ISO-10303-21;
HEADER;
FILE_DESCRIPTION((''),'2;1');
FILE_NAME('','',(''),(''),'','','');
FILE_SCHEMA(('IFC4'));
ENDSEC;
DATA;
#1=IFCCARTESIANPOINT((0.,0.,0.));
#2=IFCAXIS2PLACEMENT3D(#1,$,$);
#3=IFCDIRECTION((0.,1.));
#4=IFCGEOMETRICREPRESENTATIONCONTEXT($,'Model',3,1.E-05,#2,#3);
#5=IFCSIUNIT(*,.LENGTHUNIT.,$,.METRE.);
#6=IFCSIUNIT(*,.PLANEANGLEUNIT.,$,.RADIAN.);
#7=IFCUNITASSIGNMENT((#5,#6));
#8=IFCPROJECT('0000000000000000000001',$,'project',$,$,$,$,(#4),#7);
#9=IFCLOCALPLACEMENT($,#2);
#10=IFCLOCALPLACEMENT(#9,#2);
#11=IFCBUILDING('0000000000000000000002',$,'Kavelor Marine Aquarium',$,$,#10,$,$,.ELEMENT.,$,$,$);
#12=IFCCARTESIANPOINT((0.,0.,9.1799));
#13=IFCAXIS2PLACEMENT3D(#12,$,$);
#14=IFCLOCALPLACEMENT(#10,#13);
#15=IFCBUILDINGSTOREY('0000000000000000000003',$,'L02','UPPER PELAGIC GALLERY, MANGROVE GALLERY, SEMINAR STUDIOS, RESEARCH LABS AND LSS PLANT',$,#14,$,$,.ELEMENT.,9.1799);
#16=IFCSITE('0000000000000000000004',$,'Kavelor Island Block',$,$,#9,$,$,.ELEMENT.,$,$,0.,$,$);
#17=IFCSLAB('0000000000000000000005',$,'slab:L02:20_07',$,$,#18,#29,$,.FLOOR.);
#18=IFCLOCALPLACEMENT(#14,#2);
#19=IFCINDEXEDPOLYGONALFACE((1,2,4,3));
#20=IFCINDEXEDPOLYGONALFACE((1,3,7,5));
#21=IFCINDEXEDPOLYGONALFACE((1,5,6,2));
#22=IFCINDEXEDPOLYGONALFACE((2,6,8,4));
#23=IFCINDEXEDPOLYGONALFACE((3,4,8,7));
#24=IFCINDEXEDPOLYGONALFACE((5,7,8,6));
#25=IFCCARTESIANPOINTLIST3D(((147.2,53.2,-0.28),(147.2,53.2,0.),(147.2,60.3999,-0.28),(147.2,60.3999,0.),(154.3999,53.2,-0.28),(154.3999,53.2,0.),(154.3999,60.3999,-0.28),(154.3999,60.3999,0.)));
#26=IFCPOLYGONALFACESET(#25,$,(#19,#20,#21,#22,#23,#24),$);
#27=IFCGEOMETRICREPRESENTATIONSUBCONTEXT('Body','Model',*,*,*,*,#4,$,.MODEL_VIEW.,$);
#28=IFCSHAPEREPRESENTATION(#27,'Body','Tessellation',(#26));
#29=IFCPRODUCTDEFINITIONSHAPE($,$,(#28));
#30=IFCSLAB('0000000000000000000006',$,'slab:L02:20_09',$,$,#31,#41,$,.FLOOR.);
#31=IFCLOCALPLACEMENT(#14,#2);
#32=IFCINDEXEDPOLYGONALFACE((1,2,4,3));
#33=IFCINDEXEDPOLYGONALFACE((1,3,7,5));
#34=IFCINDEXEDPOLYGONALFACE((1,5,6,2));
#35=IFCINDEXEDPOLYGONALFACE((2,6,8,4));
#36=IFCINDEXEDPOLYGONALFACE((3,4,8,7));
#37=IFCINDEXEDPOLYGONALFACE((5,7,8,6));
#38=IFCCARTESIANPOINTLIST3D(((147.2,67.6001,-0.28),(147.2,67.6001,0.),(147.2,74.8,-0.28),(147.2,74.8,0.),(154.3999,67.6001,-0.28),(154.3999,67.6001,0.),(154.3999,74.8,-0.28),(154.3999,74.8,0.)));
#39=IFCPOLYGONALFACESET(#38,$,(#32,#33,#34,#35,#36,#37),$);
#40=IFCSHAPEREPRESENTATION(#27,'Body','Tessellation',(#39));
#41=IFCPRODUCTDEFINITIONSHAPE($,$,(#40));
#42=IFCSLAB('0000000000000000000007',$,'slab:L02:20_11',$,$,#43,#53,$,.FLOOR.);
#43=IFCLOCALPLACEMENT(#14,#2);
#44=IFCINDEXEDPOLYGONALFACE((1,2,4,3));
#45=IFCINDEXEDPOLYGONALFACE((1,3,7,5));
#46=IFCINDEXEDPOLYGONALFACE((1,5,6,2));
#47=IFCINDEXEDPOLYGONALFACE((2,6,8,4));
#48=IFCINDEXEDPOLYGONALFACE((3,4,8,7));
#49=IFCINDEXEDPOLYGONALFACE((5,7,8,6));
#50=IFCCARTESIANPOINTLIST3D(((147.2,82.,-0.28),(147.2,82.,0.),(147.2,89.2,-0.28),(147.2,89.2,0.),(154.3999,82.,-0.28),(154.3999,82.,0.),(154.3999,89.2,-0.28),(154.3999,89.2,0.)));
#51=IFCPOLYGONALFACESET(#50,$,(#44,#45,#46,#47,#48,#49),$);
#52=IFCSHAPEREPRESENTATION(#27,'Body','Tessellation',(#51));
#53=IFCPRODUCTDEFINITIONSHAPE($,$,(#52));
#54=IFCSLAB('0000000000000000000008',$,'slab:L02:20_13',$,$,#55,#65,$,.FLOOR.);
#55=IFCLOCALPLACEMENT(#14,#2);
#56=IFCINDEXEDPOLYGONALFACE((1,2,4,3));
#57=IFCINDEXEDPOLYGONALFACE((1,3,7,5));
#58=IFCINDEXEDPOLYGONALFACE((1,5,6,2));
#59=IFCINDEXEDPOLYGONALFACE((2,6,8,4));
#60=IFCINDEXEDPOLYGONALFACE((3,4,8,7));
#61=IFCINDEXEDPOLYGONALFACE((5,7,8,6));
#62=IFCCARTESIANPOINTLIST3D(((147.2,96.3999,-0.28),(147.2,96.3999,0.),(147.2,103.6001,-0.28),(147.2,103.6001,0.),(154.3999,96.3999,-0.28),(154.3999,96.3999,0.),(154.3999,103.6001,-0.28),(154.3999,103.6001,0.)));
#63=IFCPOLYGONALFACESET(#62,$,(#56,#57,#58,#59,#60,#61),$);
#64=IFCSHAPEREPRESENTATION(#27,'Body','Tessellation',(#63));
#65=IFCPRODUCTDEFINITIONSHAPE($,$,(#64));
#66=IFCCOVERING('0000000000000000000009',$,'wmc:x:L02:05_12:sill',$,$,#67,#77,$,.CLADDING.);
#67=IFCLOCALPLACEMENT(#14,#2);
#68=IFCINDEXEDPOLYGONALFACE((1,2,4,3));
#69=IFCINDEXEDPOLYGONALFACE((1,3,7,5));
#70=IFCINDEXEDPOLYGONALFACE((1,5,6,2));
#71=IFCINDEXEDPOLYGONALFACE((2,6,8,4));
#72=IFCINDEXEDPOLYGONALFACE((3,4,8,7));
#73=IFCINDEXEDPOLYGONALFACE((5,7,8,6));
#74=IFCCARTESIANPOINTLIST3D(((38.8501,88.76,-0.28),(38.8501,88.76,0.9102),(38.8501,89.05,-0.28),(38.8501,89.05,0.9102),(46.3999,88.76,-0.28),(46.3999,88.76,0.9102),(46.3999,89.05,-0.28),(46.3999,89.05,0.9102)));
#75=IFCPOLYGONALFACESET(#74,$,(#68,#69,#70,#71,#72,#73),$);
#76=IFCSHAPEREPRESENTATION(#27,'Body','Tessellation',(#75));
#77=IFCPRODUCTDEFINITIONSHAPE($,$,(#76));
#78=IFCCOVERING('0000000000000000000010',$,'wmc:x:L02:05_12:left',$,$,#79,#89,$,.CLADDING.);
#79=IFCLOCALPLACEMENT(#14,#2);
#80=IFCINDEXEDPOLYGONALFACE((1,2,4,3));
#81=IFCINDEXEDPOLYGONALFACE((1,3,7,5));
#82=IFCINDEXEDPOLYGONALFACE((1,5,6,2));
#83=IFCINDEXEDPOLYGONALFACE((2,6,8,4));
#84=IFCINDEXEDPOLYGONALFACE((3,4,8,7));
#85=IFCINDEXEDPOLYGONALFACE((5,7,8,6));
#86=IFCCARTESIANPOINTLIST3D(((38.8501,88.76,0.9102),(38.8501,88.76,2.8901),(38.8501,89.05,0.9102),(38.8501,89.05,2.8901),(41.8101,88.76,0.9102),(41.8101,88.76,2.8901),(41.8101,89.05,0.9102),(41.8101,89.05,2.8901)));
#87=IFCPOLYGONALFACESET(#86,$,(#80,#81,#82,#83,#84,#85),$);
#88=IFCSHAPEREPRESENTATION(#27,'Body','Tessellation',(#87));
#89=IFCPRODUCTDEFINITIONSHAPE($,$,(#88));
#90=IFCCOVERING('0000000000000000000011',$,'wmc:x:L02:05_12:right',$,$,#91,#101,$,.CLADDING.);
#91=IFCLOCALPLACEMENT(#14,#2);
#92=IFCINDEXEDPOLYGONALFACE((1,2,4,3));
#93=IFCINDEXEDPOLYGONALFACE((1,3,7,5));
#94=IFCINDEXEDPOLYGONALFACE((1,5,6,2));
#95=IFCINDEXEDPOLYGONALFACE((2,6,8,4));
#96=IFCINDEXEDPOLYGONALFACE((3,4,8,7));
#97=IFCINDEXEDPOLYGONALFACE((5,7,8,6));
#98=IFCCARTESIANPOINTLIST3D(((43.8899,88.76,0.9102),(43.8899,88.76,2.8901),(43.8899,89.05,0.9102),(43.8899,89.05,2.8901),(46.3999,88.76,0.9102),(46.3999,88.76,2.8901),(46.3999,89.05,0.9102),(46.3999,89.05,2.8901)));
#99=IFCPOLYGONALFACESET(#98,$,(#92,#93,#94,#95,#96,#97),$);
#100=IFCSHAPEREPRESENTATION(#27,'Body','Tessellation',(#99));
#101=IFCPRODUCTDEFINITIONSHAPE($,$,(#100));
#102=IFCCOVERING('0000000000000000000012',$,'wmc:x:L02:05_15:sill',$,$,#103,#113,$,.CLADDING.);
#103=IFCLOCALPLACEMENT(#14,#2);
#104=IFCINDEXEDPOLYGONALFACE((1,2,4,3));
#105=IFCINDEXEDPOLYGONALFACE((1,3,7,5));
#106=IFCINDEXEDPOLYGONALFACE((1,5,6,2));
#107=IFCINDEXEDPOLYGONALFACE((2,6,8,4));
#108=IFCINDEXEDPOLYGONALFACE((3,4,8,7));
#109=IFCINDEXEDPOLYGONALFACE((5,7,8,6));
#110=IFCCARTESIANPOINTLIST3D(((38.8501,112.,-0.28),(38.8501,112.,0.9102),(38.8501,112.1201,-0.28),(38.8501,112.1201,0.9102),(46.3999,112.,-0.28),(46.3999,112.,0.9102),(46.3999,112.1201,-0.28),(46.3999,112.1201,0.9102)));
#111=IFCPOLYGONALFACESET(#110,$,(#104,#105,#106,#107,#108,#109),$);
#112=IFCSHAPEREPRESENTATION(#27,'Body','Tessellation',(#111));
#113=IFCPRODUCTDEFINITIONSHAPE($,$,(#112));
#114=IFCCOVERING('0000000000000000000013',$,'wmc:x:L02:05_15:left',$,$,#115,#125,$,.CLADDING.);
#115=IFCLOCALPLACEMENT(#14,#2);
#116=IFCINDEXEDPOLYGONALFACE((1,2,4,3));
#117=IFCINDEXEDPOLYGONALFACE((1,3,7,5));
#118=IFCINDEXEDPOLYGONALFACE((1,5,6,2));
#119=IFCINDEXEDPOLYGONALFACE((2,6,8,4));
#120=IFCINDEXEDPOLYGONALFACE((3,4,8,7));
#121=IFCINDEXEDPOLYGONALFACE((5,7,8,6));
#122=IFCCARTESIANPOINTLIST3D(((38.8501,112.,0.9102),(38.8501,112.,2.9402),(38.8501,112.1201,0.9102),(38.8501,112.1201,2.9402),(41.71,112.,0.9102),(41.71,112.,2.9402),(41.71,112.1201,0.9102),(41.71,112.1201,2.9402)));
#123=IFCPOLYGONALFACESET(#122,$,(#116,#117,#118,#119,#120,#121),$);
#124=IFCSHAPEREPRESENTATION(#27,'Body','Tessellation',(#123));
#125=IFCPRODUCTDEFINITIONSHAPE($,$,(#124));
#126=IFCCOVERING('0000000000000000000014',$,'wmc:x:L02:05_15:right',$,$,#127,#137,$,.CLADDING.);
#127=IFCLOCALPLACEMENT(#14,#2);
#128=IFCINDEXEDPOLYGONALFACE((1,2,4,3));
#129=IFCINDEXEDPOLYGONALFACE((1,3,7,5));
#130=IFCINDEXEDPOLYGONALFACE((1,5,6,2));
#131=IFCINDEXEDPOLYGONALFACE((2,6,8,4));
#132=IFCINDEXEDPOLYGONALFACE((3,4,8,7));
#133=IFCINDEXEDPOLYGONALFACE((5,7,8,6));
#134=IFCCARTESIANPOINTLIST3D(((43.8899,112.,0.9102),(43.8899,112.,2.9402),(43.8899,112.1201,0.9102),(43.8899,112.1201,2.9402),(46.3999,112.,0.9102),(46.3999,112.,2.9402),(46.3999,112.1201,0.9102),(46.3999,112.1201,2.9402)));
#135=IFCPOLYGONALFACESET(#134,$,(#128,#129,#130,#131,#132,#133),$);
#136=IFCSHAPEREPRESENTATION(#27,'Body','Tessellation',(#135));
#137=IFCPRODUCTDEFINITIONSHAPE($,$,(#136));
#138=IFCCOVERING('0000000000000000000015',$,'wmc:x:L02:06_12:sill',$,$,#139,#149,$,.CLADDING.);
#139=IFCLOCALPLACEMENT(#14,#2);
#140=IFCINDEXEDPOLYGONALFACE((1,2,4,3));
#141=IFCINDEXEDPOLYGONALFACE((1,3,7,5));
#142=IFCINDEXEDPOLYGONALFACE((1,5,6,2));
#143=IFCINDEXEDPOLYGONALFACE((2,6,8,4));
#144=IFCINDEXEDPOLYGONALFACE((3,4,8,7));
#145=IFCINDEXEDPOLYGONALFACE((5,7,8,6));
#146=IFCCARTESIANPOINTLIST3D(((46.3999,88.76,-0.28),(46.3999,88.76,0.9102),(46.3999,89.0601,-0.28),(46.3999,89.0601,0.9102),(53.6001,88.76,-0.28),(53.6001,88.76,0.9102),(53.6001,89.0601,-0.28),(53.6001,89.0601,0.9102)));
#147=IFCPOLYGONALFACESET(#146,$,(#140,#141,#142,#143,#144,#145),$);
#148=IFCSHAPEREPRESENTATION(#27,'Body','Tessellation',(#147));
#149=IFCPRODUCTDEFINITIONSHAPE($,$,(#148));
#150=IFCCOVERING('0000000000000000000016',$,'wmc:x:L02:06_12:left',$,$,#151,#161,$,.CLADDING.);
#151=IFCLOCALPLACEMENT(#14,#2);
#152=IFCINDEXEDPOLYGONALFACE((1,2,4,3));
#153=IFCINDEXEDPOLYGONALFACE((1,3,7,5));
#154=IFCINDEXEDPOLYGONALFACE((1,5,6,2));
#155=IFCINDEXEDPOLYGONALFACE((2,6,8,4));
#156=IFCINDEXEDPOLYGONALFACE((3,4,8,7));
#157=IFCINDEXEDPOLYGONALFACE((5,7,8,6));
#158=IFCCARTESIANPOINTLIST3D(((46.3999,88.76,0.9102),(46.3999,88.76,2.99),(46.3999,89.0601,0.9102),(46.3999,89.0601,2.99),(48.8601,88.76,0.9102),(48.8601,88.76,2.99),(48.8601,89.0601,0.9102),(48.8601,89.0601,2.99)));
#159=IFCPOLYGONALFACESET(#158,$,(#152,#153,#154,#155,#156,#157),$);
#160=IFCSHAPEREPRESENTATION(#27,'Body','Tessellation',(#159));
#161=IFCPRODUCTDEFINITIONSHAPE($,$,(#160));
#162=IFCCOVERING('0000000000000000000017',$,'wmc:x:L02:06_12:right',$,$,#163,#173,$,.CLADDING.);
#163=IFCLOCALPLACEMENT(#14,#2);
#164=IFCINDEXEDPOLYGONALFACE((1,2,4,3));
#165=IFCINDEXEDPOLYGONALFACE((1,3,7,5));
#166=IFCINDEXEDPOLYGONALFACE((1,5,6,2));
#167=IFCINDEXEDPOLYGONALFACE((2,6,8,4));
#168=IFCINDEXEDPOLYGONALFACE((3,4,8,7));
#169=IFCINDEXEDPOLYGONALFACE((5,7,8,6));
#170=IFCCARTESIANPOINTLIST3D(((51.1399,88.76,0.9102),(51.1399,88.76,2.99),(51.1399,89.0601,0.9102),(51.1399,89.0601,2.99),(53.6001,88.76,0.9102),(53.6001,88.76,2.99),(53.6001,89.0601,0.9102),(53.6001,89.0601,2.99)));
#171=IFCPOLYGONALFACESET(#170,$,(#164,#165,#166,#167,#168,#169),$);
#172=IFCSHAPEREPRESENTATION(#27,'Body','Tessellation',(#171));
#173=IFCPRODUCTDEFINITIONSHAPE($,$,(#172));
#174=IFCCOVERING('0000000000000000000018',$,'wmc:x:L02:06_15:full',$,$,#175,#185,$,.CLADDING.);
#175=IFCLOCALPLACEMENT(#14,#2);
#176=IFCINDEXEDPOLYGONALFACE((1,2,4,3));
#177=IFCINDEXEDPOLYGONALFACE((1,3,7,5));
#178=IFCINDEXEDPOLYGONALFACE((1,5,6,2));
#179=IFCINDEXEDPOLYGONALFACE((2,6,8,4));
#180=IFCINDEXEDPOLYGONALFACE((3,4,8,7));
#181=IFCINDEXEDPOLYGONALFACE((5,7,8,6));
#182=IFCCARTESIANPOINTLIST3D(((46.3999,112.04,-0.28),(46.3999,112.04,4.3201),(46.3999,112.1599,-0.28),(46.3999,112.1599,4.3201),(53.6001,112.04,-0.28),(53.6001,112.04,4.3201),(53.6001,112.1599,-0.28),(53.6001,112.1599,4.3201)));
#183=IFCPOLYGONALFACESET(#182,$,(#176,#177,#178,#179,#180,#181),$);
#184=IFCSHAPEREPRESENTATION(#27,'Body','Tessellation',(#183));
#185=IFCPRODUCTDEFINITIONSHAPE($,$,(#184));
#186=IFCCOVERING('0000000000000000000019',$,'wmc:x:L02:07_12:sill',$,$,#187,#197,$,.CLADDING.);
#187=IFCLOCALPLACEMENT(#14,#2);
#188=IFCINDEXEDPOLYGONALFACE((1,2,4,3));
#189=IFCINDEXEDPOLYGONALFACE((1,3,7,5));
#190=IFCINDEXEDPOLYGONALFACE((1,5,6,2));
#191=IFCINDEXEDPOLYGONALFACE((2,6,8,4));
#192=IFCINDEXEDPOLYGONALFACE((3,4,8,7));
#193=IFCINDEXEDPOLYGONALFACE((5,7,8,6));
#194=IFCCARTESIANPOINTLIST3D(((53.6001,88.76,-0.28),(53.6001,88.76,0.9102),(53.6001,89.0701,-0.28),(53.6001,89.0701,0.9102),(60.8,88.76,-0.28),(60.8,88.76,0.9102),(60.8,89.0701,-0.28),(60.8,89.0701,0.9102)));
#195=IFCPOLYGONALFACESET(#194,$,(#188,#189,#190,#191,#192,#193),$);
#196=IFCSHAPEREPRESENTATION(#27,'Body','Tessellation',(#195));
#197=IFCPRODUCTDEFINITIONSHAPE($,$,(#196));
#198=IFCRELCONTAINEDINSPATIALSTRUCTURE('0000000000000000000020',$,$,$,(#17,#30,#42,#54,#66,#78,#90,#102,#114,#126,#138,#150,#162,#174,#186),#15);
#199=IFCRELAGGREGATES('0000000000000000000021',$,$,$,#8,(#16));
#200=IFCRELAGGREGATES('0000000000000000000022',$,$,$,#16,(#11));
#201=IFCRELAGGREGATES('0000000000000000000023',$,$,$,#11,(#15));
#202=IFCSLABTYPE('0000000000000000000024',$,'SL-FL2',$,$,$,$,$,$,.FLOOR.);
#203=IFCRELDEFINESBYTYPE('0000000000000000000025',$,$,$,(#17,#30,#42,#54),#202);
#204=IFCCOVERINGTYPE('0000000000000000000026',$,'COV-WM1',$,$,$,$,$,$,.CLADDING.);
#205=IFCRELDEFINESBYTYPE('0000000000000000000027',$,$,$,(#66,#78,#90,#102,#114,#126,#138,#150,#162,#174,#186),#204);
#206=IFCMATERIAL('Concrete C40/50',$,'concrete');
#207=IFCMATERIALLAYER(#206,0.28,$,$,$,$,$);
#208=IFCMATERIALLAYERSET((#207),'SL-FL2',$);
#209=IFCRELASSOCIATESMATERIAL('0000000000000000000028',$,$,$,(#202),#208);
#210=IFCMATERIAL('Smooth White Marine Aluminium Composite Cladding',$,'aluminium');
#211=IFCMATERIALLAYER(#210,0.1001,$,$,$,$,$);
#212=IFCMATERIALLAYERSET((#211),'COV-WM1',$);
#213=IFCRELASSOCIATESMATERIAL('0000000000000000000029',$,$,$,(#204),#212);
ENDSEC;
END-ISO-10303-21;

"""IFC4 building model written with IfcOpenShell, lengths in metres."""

from ifc_helpers import new_model, si_unit, direction, frame, origin, place, context, subcontext, project, spatial, polyline, outline, extrude, material, layer, layer_set, type_object, element, save


model = new_model("IFC4")

# Units and contexts
model_context = context("Model", 3, precision=1e-05, world=origin(), true_north=direction((0.0, 1.0)))
body_context = subcontext(model_context, "Body", "Model", "MODEL_VIEW")
ifc_project = project(units=[si_unit("LENGTHUNIT", "METRE"), si_unit("PLANEANGLEUNIT", "RADIAN")], contexts=[model_context])

# Site, building, storey
site_placement = place(None, origin())
site = spatial("IfcSite", under=ifc_project, at=site_placement, Name="Kavelor Island Block", CompositionType="ELEMENT", RefElevation=0.0)
building_placement = place(site_placement, origin())
building = spatial("IfcBuilding", under=site, at=building_placement, Name="Kavelor Marine Aquarium", CompositionType="ELEMENT")
storey_placement = place(building_placement, frame((0.0, 0.0, 9.1799)))
storey = spatial("IfcBuildingStorey", under=building, at=storey_placement, Name="L02", Description="UPPER PELAGIC GALLERY, MANGROVE GALLERY, SEMINAR STUDIOS, RESEARCH LABS AND LSS PLANT", CompositionType="ELEMENT", Elevation=9.1799)

# Slabs
ifc_material_1 = material(Name="Concrete C40/50", Category="concrete")
ifc_layer_1 = layer(ifc_material_1, 0.28)
ifc_layer_set_1 = layer_set([ifc_layer_1], Name="SL-FL2")
slab_type = type_object("IfcSlabType", Name="SL-FL2", PredefinedType="FLOOR", material=ifc_layer_set_1)
slab_1_placement = place(storey_placement, frame((0.0, 0.0, -0.28)))
element("IfcSlab", 1, at=slab_1_placement, inside=storey, type_object=slab_type, Name="slab:L02:20_07", PredefinedType="FLOOR", context=body_context, shape_type="SweptSolid", body=[
    extrude(outline(polyline([(147.2, 53.2), (154.3999, 53.2), (154.3999, 60.3999), (147.2, 60.3999), (147.2, 53.2)])), origin(), (0.0, 0.0, 1.0), 0.28),
])
slab_2_placement = place(storey_placement, frame((0.0, 0.0, -0.28)))
element("IfcSlab", 2, at=slab_2_placement, inside=storey, type_object=slab_type, Name="slab:L02:20_09", PredefinedType="FLOOR", context=body_context, shape_type="SweptSolid", body=[
    extrude(outline(polyline([(147.2, 67.6001), (154.3999, 67.6001), (154.3999, 74.8), (147.2, 74.8), (147.2, 67.6001)])), origin(), (0.0, 0.0, 1.0), 0.28),
])
slab_3_placement = place(storey_placement, frame((0.0, 0.0, -0.28)))
element("IfcSlab", 3, at=slab_3_placement, inside=storey, type_object=slab_type, Name="slab:L02:20_11", PredefinedType="FLOOR", context=body_context, shape_type="SweptSolid", body=[
    extrude(outline(polyline([(147.2, 82.0), (154.3999, 82.0), (154.3999, 89.2), (147.2, 89.2), (147.2, 82.0)])), origin(), (0.0, 0.0, 1.0), 0.28),
])
slab_4_placement = place(storey_placement, frame((0.0, 0.0, -0.28)))
element("IfcSlab", 4, at=slab_4_placement, inside=storey, type_object=slab_type, Name="slab:L02:20_13", PredefinedType="FLOOR", context=body_context, shape_type="SweptSolid", body=[
    extrude(outline(polyline([(147.2, 96.3999), (154.3999, 96.3999), (154.3999, 103.6001), (147.2, 103.6001), (147.2, 96.3999)])), origin(), (0.0, 0.0, 1.0), 0.28),
])

# Coverings
ifc_material_2 = material(Name="Smooth White Marine Aluminium Composite Cladding", Category="aluminium")
ifc_layer_2 = layer(ifc_material_2, 0.1001)
ifc_layer_set_2 = layer_set([ifc_layer_2], Name="COV-WM1")
covering_type = type_object("IfcCoveringType", Name="COV-WM1", PredefinedType="CLADDING", material=ifc_layer_set_2)
covering_1_placement = place(storey_placement, frame((0.0, 0.0, -0.28)))
element("IfcCovering", 5, at=covering_1_placement, inside=storey, type_object=covering_type, Name="wmc:x:L02:05_12:sill", PredefinedType="CLADDING", context=body_context, shape_type="SweptSolid", body=[
    extrude(outline(polyline([(38.8501, 88.76), (46.3999, 88.76), (46.3999, 89.05), (38.8501, 89.05), (38.8501, 88.76)])), origin(), (0.0, 0.0, 1.0), 1.1902),
])
covering_2_placement = place(storey_placement, frame((0.0, 0.0, 0.9102)))
element("IfcCovering", 6, at=covering_2_placement, inside=storey, type_object=covering_type, Name="wmc:x:L02:05_12:left", PredefinedType="CLADDING", context=body_context, shape_type="SweptSolid", body=[
    extrude(outline(polyline([(38.8501, 88.76), (41.8101, 88.76), (41.8101, 89.05), (38.8501, 89.05), (38.8501, 88.76)])), origin(), (0.0, 0.0, 1.0), 1.98),
])
covering_3_placement = place(storey_placement, frame((0.0, 0.0, 0.9102)))
element("IfcCovering", 7, at=covering_3_placement, inside=storey, type_object=covering_type, Name="wmc:x:L02:05_12:right", PredefinedType="CLADDING", context=body_context, shape_type="SweptSolid", body=[
    extrude(outline(polyline([(43.8899, 88.76), (46.3999, 88.76), (46.3999, 89.05), (43.8899, 89.05), (43.8899, 88.76)])), origin(), (0.0, 0.0, 1.0), 1.98),
])
covering_4_placement = place(storey_placement, frame((0.0, 0.0, -0.28)))
element("IfcCovering", 8, at=covering_4_placement, inside=storey, type_object=covering_type, Name="wmc:x:L02:05_15:sill", PredefinedType="CLADDING", context=body_context, shape_type="SweptSolid", body=[
    extrude(outline(polyline([(38.8501, 112.0), (46.3999, 112.0), (46.3999, 112.1201), (38.8501, 112.1201), (38.8501, 112.0)])), origin(), (0.0, 0.0, 1.0), 1.1902),
])
covering_5_placement = place(storey_placement, frame((0.0, 0.0, 0.9102)))
element("IfcCovering", 9, at=covering_5_placement, inside=storey, type_object=covering_type, Name="wmc:x:L02:05_15:left", PredefinedType="CLADDING", context=body_context, shape_type="SweptSolid", body=[
    extrude(outline(polyline([(38.8501, 112.0), (41.71, 112.0), (41.71, 112.1201), (38.8501, 112.1201), (38.8501, 112.0)])), origin(), (0.0, 0.0, 1.0), 2.03),
])
covering_6_placement = place(storey_placement, frame((0.0, 0.0, 0.9102)))
element("IfcCovering", 10, at=covering_6_placement, inside=storey, type_object=covering_type, Name="wmc:x:L02:05_15:right", PredefinedType="CLADDING", context=body_context, shape_type="SweptSolid", body=[
    extrude(outline(polyline([(43.8899, 112.0), (46.3999, 112.0), (46.3999, 112.1201), (43.8899, 112.1201), (43.8899, 112.0)])), origin(), (0.0, 0.0, 1.0), 2.03),
])
covering_7_placement = place(storey_placement, frame((0.0, 0.0, -0.28)))
element("IfcCovering", 11, at=covering_7_placement, inside=storey, type_object=covering_type, Name="wmc:x:L02:06_12:sill", PredefinedType="CLADDING", context=body_context, shape_type="SweptSolid", body=[
    extrude(outline(polyline([(46.3999, 88.76), (53.6001, 88.76), (53.6001, 89.0601), (46.3999, 89.0601), (46.3999, 88.76)])), origin(), (0.0, 0.0, 1.0), 1.1902),
])
covering_8_placement = place(storey_placement, frame((0.0, 0.0, 0.9102)))
element("IfcCovering", 12, at=covering_8_placement, inside=storey, type_object=covering_type, Name="wmc:x:L02:06_12:left", PredefinedType="CLADDING", context=body_context, shape_type="SweptSolid", body=[
    extrude(outline(polyline([(46.3999, 88.76), (48.8601, 88.76), (48.8601, 89.0601), (46.3999, 89.0601), (46.3999, 88.76)])), origin(), (0.0, 0.0, 1.0), 2.0798),
])
covering_9_placement = place(storey_placement, frame((0.0, 0.0, 0.9102)))
element("IfcCovering", 13, at=covering_9_placement, inside=storey, type_object=covering_type, Name="wmc:x:L02:06_12:right", PredefinedType="CLADDING", context=body_context, shape_type="SweptSolid", body=[
    extrude(outline(polyline([(51.1399, 88.76), (53.6001, 88.76), (53.6001, 89.0601), (51.1399, 89.0601), (51.1399, 88.76)])), origin(), (0.0, 0.0, 1.0), 2.0798),
])
covering_10_placement = place(storey_placement, frame((0.0, 0.0, -0.28)))
element("IfcCovering", 14, at=covering_10_placement, inside=storey, type_object=covering_type, Name="wmc:x:L02:06_15:full", PredefinedType="CLADDING", context=body_context, shape_type="SweptSolid", body=[
    extrude(outline(polyline([(46.3999, 112.04), (53.6001, 112.04), (53.6001, 112.1599), (46.3999, 112.1599), (46.3999, 112.04)])), origin(), (0.0, 0.0, 1.0), 4.6001),
])
covering_11_placement = place(storey_placement, frame((0.0, 0.0, -0.28)))
element("IfcCovering", 15, at=covering_11_placement, inside=storey, type_object=covering_type, Name="wmc:x:L02:07_12:sill", PredefinedType="CLADDING", context=body_context, shape_type="SweptSolid", body=[
    extrude(outline(polyline([(53.6001, 88.76), (60.8, 88.76), (60.8, 89.0701), (53.6001, 89.0701), (53.6001, 88.76)])), origin(), (0.0, 0.0, 1.0), 1.1902),
])

save(model, "model.ifc")
